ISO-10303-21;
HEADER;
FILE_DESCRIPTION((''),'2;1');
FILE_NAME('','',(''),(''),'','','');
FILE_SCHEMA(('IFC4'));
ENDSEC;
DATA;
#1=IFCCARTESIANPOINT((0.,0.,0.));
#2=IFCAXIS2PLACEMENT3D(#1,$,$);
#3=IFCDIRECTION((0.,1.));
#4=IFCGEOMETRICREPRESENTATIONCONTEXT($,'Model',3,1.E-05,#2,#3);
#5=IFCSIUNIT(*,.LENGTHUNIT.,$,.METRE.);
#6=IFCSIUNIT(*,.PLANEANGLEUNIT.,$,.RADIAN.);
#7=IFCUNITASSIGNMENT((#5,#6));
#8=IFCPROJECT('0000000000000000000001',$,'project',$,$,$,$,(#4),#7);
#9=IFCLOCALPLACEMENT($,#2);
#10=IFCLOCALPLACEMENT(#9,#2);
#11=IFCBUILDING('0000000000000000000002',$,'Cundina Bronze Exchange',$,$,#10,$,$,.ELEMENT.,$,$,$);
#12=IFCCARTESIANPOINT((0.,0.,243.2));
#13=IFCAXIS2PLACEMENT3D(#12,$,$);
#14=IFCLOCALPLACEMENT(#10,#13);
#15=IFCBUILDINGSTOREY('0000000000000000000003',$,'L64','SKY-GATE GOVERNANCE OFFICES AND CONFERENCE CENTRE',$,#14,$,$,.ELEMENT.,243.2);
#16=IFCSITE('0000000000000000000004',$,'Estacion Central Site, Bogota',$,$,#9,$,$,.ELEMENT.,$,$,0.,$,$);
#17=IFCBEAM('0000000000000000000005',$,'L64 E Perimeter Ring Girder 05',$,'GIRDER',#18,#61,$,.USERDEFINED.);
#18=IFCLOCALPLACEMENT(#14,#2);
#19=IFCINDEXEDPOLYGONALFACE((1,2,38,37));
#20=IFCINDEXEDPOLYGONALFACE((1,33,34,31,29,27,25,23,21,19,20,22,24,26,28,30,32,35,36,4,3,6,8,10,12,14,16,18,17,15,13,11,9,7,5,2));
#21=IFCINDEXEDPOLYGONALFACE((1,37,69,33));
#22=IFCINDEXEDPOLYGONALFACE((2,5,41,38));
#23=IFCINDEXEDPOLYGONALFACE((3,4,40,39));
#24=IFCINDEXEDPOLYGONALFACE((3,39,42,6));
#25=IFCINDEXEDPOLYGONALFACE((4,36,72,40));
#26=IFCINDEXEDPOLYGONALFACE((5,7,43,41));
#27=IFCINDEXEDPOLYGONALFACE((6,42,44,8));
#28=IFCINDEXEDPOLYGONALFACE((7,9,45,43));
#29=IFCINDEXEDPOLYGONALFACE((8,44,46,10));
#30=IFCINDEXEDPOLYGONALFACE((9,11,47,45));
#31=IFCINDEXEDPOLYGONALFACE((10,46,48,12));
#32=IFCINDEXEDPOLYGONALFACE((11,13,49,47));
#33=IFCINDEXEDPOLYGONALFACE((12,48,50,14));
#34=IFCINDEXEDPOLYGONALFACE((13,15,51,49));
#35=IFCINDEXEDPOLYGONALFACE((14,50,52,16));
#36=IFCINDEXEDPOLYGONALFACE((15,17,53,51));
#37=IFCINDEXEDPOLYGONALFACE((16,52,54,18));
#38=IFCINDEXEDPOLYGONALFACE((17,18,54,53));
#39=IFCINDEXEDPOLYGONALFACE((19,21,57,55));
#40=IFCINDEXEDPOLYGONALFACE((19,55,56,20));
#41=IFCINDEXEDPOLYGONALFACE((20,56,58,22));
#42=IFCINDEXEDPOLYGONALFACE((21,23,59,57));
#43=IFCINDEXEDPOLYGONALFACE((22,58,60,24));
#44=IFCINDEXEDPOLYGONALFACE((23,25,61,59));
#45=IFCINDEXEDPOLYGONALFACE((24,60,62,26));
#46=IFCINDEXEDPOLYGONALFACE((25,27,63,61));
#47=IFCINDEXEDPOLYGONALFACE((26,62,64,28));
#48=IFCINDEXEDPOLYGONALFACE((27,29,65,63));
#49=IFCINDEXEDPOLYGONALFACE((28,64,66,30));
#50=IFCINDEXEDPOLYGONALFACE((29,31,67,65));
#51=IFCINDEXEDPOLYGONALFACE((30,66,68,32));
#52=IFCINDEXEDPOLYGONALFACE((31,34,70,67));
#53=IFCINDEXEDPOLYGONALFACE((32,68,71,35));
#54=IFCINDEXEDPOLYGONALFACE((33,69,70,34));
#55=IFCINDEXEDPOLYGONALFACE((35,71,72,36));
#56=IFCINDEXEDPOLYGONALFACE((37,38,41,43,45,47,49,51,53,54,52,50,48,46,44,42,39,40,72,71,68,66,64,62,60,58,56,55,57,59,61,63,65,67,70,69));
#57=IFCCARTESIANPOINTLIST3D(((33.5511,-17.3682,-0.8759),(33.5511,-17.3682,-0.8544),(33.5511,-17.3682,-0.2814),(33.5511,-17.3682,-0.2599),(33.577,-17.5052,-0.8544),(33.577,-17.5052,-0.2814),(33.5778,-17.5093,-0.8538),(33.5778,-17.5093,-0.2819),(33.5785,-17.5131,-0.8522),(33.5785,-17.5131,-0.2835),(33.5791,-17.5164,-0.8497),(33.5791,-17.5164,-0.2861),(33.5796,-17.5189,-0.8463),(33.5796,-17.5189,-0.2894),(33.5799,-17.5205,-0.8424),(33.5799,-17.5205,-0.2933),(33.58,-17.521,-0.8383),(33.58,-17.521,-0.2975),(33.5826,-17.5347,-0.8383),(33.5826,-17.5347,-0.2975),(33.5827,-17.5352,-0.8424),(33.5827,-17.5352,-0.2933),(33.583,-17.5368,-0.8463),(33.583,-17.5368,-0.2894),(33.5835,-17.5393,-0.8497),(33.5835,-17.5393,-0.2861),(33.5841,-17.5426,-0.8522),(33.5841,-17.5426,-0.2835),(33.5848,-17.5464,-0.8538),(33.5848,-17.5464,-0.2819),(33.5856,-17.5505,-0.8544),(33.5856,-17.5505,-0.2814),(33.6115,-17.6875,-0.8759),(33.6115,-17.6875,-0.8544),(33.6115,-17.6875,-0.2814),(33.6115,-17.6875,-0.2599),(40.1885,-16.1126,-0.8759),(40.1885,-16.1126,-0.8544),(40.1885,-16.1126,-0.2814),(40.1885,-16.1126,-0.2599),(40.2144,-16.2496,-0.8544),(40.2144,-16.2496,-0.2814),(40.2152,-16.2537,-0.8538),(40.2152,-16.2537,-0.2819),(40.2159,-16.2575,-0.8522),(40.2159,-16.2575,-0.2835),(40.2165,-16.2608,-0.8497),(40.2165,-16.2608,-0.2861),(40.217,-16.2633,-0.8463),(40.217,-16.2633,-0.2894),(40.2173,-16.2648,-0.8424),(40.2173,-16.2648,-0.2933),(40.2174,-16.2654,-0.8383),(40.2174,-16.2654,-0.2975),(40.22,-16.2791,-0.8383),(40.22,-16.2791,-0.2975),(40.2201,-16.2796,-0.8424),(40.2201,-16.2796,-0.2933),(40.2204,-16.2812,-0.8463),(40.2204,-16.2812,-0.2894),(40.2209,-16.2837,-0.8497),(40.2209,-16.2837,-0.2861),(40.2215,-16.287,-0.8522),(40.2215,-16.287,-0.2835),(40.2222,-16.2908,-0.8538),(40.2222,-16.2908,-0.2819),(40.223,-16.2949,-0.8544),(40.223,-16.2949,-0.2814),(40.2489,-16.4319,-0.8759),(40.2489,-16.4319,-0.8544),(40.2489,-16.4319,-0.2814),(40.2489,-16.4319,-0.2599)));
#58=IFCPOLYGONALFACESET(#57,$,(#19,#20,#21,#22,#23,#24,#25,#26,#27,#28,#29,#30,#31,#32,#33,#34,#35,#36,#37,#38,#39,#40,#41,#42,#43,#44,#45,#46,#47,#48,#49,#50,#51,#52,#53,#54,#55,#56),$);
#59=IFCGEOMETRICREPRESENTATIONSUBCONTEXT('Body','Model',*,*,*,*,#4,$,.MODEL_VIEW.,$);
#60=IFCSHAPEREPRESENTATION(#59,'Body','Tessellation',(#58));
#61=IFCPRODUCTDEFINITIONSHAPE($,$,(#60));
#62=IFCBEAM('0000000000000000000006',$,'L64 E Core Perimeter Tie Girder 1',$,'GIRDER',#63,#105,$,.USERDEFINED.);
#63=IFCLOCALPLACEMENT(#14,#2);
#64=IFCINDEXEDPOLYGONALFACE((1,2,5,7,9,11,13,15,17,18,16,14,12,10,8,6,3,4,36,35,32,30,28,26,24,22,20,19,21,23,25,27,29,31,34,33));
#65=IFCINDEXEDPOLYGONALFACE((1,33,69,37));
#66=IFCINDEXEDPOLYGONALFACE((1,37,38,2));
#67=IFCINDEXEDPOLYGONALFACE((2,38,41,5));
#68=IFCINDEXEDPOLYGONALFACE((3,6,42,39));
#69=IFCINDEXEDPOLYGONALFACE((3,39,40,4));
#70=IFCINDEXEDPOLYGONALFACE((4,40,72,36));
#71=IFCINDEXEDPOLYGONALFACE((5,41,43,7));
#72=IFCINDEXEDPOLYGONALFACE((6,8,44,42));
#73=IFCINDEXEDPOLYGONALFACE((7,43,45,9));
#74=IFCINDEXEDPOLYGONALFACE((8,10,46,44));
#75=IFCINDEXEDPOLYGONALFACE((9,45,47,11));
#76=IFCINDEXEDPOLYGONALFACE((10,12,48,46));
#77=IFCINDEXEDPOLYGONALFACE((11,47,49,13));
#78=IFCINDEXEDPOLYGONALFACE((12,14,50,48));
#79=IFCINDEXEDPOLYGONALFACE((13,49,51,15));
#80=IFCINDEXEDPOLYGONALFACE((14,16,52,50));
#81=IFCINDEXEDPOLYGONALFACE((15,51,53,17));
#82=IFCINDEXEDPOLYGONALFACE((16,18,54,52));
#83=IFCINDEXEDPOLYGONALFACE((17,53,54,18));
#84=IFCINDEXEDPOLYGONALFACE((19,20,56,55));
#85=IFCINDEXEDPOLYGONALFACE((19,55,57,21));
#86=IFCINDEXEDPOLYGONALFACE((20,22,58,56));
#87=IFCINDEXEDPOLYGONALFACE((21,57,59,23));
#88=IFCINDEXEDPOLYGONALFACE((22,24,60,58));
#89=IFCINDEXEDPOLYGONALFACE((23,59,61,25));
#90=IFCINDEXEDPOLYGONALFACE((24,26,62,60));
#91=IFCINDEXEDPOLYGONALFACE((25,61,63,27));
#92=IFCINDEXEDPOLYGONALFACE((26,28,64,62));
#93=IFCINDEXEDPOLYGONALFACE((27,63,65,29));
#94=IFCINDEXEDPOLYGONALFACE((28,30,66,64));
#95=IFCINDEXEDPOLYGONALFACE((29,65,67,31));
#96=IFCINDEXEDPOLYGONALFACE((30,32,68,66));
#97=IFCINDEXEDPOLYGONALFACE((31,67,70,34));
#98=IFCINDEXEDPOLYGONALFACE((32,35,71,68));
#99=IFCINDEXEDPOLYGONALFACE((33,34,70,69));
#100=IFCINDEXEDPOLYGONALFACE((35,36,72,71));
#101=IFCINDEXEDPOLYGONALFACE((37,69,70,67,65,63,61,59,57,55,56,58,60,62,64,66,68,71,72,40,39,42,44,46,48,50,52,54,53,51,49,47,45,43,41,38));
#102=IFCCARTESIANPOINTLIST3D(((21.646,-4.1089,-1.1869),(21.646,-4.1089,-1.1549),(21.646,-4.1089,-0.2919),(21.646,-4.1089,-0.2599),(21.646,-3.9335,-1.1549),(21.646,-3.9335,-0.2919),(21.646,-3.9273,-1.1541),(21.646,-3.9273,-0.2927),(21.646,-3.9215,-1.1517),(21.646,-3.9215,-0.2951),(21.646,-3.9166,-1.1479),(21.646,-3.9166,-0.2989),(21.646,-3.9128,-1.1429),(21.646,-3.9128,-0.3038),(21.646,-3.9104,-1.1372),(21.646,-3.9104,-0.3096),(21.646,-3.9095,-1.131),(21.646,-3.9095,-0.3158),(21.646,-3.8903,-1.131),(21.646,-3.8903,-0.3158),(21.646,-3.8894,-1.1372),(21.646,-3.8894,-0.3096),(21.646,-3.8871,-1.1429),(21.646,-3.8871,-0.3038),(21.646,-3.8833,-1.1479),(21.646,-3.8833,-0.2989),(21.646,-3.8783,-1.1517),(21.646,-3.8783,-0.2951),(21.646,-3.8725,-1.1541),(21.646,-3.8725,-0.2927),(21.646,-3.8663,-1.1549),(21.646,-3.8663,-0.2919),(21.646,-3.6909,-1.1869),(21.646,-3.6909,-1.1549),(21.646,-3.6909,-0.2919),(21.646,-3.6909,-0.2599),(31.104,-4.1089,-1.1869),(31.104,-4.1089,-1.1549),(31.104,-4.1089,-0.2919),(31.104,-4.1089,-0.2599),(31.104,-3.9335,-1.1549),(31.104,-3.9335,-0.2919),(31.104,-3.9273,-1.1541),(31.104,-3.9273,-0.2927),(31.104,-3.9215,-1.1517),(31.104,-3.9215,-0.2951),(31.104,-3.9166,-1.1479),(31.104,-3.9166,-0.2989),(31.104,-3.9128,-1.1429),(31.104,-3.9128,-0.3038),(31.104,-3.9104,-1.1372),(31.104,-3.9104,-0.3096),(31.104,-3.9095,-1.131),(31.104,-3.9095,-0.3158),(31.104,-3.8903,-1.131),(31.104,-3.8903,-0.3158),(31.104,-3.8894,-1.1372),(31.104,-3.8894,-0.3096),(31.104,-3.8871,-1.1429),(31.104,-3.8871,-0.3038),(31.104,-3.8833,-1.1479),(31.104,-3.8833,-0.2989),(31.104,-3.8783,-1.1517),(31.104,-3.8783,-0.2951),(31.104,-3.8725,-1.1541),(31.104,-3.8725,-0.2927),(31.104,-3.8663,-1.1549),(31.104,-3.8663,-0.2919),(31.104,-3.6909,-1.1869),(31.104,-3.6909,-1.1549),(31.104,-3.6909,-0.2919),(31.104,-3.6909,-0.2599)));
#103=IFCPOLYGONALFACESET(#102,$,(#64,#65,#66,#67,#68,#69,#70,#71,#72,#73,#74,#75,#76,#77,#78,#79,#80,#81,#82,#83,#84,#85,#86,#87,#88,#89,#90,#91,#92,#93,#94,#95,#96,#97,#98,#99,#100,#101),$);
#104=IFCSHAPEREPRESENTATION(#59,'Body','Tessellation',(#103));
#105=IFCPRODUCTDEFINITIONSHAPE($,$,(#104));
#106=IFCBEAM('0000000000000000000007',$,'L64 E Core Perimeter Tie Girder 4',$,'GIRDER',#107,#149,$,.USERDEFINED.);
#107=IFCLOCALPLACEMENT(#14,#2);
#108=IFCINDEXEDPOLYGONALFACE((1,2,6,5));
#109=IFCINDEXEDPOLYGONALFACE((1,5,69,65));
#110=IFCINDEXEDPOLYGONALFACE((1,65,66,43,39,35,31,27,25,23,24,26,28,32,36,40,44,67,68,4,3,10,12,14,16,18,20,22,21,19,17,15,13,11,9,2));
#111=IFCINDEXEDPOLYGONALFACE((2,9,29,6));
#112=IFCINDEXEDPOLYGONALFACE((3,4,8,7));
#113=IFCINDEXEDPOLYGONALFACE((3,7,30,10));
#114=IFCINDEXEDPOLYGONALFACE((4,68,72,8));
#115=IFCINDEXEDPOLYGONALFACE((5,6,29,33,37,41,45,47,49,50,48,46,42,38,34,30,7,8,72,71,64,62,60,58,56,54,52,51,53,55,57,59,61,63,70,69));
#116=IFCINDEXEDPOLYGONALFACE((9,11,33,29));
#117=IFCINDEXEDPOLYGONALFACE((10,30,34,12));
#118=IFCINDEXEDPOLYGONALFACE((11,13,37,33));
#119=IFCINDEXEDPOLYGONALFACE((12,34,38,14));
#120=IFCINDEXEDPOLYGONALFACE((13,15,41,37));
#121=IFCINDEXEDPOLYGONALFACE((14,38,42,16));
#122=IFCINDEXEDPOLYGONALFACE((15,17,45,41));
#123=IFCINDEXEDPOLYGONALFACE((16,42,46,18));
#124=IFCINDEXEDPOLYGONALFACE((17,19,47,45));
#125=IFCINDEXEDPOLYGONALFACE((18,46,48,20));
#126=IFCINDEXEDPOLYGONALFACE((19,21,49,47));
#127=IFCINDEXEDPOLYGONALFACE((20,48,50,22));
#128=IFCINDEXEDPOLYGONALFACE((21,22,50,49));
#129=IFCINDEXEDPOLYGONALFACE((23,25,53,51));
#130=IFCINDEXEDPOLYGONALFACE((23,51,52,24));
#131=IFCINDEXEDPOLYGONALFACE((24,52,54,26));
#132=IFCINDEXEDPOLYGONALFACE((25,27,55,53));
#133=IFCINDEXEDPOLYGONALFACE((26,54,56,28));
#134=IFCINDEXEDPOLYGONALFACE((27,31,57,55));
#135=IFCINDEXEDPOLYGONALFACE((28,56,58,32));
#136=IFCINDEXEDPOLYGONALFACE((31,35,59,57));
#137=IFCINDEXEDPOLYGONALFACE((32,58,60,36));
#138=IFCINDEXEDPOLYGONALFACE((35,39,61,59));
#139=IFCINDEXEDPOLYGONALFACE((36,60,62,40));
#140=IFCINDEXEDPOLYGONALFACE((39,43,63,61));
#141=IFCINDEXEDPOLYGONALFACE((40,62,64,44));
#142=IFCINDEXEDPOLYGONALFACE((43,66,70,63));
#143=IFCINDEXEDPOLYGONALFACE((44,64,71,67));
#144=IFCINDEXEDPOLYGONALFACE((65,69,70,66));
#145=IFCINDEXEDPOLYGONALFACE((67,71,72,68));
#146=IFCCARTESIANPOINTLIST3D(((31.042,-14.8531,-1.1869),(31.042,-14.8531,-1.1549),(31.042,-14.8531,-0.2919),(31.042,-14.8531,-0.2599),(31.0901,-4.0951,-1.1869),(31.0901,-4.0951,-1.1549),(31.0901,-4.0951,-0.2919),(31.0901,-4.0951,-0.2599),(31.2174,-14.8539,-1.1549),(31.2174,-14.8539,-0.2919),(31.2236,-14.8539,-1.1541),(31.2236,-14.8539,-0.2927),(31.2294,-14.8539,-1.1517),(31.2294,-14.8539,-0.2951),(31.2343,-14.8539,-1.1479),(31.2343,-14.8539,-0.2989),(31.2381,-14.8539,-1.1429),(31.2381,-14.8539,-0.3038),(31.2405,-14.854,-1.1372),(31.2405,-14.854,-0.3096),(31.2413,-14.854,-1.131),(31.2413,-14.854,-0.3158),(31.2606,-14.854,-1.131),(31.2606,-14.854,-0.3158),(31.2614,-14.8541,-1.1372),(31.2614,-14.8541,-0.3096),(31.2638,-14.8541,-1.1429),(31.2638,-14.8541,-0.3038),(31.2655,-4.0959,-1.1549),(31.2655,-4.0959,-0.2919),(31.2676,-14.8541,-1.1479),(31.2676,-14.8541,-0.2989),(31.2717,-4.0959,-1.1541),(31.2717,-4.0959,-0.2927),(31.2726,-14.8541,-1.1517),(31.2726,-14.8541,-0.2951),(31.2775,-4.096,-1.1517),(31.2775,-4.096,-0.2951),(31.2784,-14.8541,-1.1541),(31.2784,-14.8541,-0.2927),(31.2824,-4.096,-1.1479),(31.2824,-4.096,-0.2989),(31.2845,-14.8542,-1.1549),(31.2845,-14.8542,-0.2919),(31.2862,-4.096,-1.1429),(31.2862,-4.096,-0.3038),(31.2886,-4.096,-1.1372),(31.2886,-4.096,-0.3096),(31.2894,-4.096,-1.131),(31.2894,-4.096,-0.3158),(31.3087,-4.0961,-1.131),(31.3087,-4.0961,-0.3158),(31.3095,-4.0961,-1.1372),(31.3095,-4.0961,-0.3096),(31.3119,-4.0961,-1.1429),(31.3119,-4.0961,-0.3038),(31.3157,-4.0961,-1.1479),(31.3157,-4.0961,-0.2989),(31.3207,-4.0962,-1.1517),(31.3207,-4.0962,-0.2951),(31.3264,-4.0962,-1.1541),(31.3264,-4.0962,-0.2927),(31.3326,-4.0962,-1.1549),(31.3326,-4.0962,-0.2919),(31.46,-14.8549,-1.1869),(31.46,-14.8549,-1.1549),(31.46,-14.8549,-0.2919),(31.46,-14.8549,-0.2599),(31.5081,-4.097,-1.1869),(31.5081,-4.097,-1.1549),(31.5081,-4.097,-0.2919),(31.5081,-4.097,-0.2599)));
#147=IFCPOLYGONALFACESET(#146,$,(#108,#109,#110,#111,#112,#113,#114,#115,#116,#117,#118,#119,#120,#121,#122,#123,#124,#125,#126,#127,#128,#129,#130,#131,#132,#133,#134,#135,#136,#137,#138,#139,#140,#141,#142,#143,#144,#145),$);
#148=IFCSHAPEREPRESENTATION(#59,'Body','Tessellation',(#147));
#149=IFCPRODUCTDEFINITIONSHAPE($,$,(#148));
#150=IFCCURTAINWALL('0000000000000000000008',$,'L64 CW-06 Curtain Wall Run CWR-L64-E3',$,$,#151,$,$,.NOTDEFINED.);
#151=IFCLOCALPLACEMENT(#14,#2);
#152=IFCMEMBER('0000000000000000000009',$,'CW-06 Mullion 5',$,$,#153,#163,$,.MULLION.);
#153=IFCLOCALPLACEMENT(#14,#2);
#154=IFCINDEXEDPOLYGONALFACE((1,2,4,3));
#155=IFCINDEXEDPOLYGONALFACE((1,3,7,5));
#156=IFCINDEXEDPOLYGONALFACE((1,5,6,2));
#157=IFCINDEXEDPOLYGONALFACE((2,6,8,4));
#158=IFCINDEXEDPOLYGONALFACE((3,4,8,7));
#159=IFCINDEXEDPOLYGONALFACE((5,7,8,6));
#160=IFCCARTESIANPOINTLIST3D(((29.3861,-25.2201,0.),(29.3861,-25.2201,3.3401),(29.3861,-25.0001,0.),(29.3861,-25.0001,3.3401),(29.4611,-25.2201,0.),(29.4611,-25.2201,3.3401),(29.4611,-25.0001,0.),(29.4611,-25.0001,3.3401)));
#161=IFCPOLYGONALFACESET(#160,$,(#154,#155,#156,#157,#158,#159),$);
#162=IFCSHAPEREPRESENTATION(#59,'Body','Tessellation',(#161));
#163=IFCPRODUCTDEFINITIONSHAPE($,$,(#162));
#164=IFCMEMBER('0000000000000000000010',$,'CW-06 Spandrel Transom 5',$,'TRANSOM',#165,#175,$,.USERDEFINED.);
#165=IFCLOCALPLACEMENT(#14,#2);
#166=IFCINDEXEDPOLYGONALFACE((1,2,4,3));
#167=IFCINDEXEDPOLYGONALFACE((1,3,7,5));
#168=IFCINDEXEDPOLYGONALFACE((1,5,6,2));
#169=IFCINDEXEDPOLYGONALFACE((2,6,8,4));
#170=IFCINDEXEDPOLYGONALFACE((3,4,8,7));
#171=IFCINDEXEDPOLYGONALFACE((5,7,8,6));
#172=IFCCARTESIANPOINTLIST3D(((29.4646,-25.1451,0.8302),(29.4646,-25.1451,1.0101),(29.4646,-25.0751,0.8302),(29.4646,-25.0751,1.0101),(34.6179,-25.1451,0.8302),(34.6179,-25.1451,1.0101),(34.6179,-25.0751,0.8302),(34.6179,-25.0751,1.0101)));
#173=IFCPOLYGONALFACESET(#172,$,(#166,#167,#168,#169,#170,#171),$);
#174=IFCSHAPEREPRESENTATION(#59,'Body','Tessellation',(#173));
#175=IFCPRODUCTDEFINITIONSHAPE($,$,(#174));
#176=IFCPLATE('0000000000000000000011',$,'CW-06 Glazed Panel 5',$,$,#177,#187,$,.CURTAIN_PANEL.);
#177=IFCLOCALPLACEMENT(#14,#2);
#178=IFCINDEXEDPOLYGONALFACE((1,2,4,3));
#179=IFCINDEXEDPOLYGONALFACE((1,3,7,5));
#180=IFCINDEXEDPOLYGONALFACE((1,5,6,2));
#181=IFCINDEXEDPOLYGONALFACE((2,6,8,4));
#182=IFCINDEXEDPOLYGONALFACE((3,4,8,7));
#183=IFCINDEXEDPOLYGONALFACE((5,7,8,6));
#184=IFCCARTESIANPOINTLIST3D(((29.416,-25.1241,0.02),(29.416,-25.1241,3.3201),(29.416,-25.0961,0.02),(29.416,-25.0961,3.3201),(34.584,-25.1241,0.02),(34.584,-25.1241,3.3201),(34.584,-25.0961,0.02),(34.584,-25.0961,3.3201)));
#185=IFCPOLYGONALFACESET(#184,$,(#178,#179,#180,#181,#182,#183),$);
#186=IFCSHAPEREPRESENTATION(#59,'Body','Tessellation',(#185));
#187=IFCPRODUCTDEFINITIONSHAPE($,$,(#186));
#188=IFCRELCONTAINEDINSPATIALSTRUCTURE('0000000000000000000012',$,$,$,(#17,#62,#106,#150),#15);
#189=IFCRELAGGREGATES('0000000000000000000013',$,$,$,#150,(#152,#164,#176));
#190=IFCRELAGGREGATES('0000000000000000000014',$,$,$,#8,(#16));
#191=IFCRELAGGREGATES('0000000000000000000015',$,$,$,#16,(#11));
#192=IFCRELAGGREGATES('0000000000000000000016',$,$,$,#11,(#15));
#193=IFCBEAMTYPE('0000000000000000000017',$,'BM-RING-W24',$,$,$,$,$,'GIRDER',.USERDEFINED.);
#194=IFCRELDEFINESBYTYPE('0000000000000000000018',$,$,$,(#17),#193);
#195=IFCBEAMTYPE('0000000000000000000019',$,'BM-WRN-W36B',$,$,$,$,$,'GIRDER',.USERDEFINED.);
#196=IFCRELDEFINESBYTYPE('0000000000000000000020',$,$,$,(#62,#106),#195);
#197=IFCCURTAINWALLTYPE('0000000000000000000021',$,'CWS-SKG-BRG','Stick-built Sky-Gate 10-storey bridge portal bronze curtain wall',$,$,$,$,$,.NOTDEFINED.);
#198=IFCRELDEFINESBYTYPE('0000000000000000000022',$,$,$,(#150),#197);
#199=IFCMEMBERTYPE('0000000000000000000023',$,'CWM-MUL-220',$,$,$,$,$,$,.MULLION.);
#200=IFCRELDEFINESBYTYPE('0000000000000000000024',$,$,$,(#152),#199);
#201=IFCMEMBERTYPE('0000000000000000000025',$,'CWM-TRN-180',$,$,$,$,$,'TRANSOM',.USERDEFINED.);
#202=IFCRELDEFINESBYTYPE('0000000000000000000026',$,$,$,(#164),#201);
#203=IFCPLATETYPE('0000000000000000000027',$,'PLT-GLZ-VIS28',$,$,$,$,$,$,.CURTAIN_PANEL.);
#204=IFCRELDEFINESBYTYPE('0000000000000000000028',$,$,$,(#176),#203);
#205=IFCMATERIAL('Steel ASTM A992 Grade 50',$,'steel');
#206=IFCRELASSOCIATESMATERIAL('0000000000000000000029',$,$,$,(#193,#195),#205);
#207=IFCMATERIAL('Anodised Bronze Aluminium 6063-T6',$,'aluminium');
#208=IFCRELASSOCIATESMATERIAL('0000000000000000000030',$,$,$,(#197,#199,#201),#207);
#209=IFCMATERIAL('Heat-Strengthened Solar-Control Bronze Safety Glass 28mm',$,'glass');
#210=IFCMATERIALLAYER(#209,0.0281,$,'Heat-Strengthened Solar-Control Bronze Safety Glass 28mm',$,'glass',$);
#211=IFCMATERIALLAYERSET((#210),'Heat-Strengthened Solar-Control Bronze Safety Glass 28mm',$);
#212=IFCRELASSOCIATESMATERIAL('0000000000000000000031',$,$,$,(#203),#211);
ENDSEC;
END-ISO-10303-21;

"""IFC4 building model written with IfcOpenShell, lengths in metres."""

from ifc_helpers import new_model, si_unit, direction, frame, origin, origin_2d, place, context, subcontext, project, spatial, rectangle, i_section, extrude, material, layer, layer_set, material_profile, profile_set, type_object, element, aggregate, save


model = new_model("IFC4")

# Units and contexts
model_context = context("Model", 3, precision=1e-05, world=origin(), true_north=direction((0.0, 1.0)))
body_context = subcontext(model_context, "Body", "Model", "MODEL_VIEW")
ifc_project = project(units=[si_unit("LENGTHUNIT", "METRE"), si_unit("PLANEANGLEUNIT", "RADIAN")], contexts=[model_context])

# Site, building, storey
site_placement = place(None, origin())
site = spatial("IfcSite", under=ifc_project, at=site_placement, Name="Estacion Central Site, Bogota", CompositionType="ELEMENT", RefElevation=0.0)
building_placement = place(site_placement, origin())
building = spatial("IfcBuilding", under=site, at=building_placement, Name="Cundina Bronze Exchange", CompositionType="ELEMENT")
storey_placement = place(building_placement, frame((0.0, 0.0, 243.2)))
storey = spatial("IfcBuildingStorey", under=building, at=storey_placement, Name="L64", Description="SKY-GATE GOVERNANCE OFFICES AND CONFERENCE CENTRE", CompositionType="ELEMENT", Elevation=243.2)

# Shared definitions
ifc_material_1 = material(Name="Steel ASTM A992 Grade 50", Category="steel")

# Beams
ifc_material_profile_1 = material_profile(ifc_material_1, i_section(OverallWidth=0.325, OverallDepth=0.616, WebThickness=0.0139, FlangeThickness=0.0215, FilletRadius=0.0161, at=origin_2d()), Name="W24X117", Category="steel")
ifc_profile_set_1 = profile_set([ifc_material_profile_1], Name="Steel ASTM A992 Grade 50")
beam_type_1 = type_object("IfcBeamType", Name="BM-RING-W24", ElementType="GIRDER", PredefinedType="USERDEFINED", material=ifc_profile_set_1)
beam_1_placement = place(storey_placement, frame((33.5813, -17.5278, -0.5679), z_axis=(0.982573, 0.185875, 0.0), x_axis=(-0.185875, 0.982573, 0.0)))
element("IfcBeam", 1, at=beam_1_placement, inside=storey, type_object=beam_type_1, Name="L64 E Perimeter Ring Girder 05", ObjectType="GIRDER", PredefinedType="USERDEFINED", context=body_context, shape_type="SweptSolid", body=[
    extrude(i_section(OverallWidth=0.325, OverallDepth=0.616, WebThickness=0.0139, FlangeThickness=0.0215, FilletRadius=0.0161, at=origin_2d()), origin(), (0.0, 0.0, 1.0), 6.7551),
])
ifc_material_profile_2 = material_profile(ifc_material_1, i_section(OverallWidth=0.418, OverallDepth=0.927, WebThickness=0.0193, FlangeThickness=0.032, FilletRadius=0.0239, at=origin_2d()), Name="W36X231", Category="steel")
ifc_profile_set_2 = profile_set([ifc_material_profile_2], Name="Steel ASTM A992 Grade 50")
beam_type_2 = type_object("IfcBeamType", Name="BM-WRN-W36B", ElementType="GIRDER", PredefinedType="USERDEFINED", material=ifc_profile_set_2)
beam_2_placement = place(storey_placement, frame((31.104, -3.8999, -0.7234), z_axis=(-1.0, 0.0, 0.0), x_axis=(0.0, -1.0, 0.0)))
element("IfcBeam", 2, at=beam_2_placement, inside=storey, type_object=beam_type_2, Name="L64 E Core Perimeter Tie Girder 1", ObjectType="GIRDER", PredefinedType="USERDEFINED", context=body_context, shape_type="SweptSolid", body=[
    extrude(i_section(OverallWidth=0.418, OverallDepth=0.927, WebThickness=0.0193, FlangeThickness=0.032, FilletRadius=0.0239, at=origin_2d()), origin(), (0.0, 0.0, 1.0), 9.458),
])
beam_3_placement = place(storey_placement, frame((31.251, -14.854, -0.7234), z_axis=(0.004471, 0.99999, 0.0), x_axis=(-0.99999, 0.004471, 0.0)))
element("IfcBeam", 3, at=beam_3_placement, inside=storey, type_object=beam_type_2, Name="L64 E Core Perimeter Tie Girder 4", ObjectType="GIRDER", PredefinedType="USERDEFINED", context=body_context, shape_type="SweptSolid", body=[
    extrude(i_section(OverallWidth=0.418, OverallDepth=0.927, WebThickness=0.0193, FlangeThickness=0.032, FilletRadius=0.0239, at=origin_2d()), origin(), (0.0, 0.0, 1.0), 10.7581),
])

# Curtain wall, members, plate
ifc_material_2 = material(Name="Anodised Bronze Aluminium 6063-T6", Category="aluminium")
curtain_wall_type = type_object("IfcCurtainWallType", Name="CWS-SKG-BRG", Description="Stick-built Sky-Gate 10-storey bridge portal bronze curtain wall", PredefinedType="NOTDEFINED", material=ifc_material_2)
curtain_wall_placement = place(storey_placement, origin())
curtain_wall = element("IfcCurtainWall", 4, at=curtain_wall_placement, inside=storey, type_object=curtain_wall_type, Name="L64 CW-06 Curtain Wall Run CWR-L64-E3", PredefinedType="NOTDEFINED")
ifc_material_profile_3 = material_profile(ifc_material_2, rectangle(XDim=0.075, YDim=0.22, at=origin_2d()), Name="AL75X220", Category="aluminium")
ifc_profile_set_3 = profile_set([ifc_material_profile_3], Name="Anodised Bronze Aluminium 6063-T6")
member_type_1 = type_object("IfcMemberType", Name="CWM-MUL-220", PredefinedType="MULLION", material=ifc_profile_set_3)
member_1_placement = place(storey_placement, frame((29.4236, -25.1101, 0.0), z_axis=(0.0, 0.0, 1.0), x_axis=(1.0, 0.0, 0.0)))
member_1 = element("IfcMember", 5, at=member_1_placement, type_object=member_type_1, Name="CW-06 Mullion 5", PredefinedType="MULLION", context=body_context, shape_type="SweptSolid", body=[
    extrude(rectangle(XDim=0.075, YDim=0.22, at=origin_2d()), origin(), (0.0, 0.0, 1.0), 3.3401),
])
ifc_material_profile_4 = material_profile(ifc_material_2, rectangle(XDim=0.0701, YDim=0.1799, at=origin_2d()), Name="AL70X180", Category="aluminium")
ifc_profile_set_4 = profile_set([ifc_material_profile_4], Name="Anodised Bronze Aluminium 6063-T6")
member_type_2 = type_object("IfcMemberType", Name="CWM-TRN-180", ElementType="TRANSOM", PredefinedType="USERDEFINED", material=ifc_profile_set_4)
member_2_placement = place(storey_placement, frame((29.4646, -25.1101, 0.9202), z_axis=(1.0, 0.0, 0.0), x_axis=(0.0, 1.0, 0.0)))
member_2 = element("IfcMember", 6, at=member_2_placement, type_object=member_type_2, Name="CW-06 Spandrel Transom 5", ObjectType="TRANSOM", PredefinedType="USERDEFINED", context=body_context, shape_type="SweptSolid", body=[
    extrude(rectangle(XDim=0.0701, YDim=0.1799, at=origin_2d()), origin(), (0.0, 0.0, 1.0), 5.1533),
])
ifc_material_3 = material(Name="Heat-Strengthened Solar-Control Bronze Safety Glass 28mm", Category="glass")
ifc_layer_1 = layer(ifc_material_3, 0.0281, Name="Heat-Strengthened Solar-Control Bronze Safety Glass 28mm", Category="glass")
ifc_layer_set_1 = layer_set([ifc_layer_1], Name="Heat-Strengthened Solar-Control Bronze Safety Glass 28mm")
plate_type = type_object("IfcPlateType", Name="PLT-GLZ-VIS28", PredefinedType="CURTAIN_PANEL", material=ifc_layer_set_1)
plate_placement = place(storey_placement, frame((32.0, -25.1101, 0.02), z_axis=(0.0, 0.0, 1.0), x_axis=(1.0, 0.0, 0.0)))
plate = element("IfcPlate", 7, at=plate_placement, type_object=plate_type, Name="CW-06 Glazed Panel 5", PredefinedType="CURTAIN_PANEL", context=body_context, shape_type="SweptSolid", body=[
    extrude(rectangle(XDim=5.168, YDim=0.0281, at=origin_2d()), origin(), (0.0, 0.0, 1.0), 3.3),
])
aggregate(curtain_wall, [member_1, member_2, plate])

save(model, "model.ifc")
